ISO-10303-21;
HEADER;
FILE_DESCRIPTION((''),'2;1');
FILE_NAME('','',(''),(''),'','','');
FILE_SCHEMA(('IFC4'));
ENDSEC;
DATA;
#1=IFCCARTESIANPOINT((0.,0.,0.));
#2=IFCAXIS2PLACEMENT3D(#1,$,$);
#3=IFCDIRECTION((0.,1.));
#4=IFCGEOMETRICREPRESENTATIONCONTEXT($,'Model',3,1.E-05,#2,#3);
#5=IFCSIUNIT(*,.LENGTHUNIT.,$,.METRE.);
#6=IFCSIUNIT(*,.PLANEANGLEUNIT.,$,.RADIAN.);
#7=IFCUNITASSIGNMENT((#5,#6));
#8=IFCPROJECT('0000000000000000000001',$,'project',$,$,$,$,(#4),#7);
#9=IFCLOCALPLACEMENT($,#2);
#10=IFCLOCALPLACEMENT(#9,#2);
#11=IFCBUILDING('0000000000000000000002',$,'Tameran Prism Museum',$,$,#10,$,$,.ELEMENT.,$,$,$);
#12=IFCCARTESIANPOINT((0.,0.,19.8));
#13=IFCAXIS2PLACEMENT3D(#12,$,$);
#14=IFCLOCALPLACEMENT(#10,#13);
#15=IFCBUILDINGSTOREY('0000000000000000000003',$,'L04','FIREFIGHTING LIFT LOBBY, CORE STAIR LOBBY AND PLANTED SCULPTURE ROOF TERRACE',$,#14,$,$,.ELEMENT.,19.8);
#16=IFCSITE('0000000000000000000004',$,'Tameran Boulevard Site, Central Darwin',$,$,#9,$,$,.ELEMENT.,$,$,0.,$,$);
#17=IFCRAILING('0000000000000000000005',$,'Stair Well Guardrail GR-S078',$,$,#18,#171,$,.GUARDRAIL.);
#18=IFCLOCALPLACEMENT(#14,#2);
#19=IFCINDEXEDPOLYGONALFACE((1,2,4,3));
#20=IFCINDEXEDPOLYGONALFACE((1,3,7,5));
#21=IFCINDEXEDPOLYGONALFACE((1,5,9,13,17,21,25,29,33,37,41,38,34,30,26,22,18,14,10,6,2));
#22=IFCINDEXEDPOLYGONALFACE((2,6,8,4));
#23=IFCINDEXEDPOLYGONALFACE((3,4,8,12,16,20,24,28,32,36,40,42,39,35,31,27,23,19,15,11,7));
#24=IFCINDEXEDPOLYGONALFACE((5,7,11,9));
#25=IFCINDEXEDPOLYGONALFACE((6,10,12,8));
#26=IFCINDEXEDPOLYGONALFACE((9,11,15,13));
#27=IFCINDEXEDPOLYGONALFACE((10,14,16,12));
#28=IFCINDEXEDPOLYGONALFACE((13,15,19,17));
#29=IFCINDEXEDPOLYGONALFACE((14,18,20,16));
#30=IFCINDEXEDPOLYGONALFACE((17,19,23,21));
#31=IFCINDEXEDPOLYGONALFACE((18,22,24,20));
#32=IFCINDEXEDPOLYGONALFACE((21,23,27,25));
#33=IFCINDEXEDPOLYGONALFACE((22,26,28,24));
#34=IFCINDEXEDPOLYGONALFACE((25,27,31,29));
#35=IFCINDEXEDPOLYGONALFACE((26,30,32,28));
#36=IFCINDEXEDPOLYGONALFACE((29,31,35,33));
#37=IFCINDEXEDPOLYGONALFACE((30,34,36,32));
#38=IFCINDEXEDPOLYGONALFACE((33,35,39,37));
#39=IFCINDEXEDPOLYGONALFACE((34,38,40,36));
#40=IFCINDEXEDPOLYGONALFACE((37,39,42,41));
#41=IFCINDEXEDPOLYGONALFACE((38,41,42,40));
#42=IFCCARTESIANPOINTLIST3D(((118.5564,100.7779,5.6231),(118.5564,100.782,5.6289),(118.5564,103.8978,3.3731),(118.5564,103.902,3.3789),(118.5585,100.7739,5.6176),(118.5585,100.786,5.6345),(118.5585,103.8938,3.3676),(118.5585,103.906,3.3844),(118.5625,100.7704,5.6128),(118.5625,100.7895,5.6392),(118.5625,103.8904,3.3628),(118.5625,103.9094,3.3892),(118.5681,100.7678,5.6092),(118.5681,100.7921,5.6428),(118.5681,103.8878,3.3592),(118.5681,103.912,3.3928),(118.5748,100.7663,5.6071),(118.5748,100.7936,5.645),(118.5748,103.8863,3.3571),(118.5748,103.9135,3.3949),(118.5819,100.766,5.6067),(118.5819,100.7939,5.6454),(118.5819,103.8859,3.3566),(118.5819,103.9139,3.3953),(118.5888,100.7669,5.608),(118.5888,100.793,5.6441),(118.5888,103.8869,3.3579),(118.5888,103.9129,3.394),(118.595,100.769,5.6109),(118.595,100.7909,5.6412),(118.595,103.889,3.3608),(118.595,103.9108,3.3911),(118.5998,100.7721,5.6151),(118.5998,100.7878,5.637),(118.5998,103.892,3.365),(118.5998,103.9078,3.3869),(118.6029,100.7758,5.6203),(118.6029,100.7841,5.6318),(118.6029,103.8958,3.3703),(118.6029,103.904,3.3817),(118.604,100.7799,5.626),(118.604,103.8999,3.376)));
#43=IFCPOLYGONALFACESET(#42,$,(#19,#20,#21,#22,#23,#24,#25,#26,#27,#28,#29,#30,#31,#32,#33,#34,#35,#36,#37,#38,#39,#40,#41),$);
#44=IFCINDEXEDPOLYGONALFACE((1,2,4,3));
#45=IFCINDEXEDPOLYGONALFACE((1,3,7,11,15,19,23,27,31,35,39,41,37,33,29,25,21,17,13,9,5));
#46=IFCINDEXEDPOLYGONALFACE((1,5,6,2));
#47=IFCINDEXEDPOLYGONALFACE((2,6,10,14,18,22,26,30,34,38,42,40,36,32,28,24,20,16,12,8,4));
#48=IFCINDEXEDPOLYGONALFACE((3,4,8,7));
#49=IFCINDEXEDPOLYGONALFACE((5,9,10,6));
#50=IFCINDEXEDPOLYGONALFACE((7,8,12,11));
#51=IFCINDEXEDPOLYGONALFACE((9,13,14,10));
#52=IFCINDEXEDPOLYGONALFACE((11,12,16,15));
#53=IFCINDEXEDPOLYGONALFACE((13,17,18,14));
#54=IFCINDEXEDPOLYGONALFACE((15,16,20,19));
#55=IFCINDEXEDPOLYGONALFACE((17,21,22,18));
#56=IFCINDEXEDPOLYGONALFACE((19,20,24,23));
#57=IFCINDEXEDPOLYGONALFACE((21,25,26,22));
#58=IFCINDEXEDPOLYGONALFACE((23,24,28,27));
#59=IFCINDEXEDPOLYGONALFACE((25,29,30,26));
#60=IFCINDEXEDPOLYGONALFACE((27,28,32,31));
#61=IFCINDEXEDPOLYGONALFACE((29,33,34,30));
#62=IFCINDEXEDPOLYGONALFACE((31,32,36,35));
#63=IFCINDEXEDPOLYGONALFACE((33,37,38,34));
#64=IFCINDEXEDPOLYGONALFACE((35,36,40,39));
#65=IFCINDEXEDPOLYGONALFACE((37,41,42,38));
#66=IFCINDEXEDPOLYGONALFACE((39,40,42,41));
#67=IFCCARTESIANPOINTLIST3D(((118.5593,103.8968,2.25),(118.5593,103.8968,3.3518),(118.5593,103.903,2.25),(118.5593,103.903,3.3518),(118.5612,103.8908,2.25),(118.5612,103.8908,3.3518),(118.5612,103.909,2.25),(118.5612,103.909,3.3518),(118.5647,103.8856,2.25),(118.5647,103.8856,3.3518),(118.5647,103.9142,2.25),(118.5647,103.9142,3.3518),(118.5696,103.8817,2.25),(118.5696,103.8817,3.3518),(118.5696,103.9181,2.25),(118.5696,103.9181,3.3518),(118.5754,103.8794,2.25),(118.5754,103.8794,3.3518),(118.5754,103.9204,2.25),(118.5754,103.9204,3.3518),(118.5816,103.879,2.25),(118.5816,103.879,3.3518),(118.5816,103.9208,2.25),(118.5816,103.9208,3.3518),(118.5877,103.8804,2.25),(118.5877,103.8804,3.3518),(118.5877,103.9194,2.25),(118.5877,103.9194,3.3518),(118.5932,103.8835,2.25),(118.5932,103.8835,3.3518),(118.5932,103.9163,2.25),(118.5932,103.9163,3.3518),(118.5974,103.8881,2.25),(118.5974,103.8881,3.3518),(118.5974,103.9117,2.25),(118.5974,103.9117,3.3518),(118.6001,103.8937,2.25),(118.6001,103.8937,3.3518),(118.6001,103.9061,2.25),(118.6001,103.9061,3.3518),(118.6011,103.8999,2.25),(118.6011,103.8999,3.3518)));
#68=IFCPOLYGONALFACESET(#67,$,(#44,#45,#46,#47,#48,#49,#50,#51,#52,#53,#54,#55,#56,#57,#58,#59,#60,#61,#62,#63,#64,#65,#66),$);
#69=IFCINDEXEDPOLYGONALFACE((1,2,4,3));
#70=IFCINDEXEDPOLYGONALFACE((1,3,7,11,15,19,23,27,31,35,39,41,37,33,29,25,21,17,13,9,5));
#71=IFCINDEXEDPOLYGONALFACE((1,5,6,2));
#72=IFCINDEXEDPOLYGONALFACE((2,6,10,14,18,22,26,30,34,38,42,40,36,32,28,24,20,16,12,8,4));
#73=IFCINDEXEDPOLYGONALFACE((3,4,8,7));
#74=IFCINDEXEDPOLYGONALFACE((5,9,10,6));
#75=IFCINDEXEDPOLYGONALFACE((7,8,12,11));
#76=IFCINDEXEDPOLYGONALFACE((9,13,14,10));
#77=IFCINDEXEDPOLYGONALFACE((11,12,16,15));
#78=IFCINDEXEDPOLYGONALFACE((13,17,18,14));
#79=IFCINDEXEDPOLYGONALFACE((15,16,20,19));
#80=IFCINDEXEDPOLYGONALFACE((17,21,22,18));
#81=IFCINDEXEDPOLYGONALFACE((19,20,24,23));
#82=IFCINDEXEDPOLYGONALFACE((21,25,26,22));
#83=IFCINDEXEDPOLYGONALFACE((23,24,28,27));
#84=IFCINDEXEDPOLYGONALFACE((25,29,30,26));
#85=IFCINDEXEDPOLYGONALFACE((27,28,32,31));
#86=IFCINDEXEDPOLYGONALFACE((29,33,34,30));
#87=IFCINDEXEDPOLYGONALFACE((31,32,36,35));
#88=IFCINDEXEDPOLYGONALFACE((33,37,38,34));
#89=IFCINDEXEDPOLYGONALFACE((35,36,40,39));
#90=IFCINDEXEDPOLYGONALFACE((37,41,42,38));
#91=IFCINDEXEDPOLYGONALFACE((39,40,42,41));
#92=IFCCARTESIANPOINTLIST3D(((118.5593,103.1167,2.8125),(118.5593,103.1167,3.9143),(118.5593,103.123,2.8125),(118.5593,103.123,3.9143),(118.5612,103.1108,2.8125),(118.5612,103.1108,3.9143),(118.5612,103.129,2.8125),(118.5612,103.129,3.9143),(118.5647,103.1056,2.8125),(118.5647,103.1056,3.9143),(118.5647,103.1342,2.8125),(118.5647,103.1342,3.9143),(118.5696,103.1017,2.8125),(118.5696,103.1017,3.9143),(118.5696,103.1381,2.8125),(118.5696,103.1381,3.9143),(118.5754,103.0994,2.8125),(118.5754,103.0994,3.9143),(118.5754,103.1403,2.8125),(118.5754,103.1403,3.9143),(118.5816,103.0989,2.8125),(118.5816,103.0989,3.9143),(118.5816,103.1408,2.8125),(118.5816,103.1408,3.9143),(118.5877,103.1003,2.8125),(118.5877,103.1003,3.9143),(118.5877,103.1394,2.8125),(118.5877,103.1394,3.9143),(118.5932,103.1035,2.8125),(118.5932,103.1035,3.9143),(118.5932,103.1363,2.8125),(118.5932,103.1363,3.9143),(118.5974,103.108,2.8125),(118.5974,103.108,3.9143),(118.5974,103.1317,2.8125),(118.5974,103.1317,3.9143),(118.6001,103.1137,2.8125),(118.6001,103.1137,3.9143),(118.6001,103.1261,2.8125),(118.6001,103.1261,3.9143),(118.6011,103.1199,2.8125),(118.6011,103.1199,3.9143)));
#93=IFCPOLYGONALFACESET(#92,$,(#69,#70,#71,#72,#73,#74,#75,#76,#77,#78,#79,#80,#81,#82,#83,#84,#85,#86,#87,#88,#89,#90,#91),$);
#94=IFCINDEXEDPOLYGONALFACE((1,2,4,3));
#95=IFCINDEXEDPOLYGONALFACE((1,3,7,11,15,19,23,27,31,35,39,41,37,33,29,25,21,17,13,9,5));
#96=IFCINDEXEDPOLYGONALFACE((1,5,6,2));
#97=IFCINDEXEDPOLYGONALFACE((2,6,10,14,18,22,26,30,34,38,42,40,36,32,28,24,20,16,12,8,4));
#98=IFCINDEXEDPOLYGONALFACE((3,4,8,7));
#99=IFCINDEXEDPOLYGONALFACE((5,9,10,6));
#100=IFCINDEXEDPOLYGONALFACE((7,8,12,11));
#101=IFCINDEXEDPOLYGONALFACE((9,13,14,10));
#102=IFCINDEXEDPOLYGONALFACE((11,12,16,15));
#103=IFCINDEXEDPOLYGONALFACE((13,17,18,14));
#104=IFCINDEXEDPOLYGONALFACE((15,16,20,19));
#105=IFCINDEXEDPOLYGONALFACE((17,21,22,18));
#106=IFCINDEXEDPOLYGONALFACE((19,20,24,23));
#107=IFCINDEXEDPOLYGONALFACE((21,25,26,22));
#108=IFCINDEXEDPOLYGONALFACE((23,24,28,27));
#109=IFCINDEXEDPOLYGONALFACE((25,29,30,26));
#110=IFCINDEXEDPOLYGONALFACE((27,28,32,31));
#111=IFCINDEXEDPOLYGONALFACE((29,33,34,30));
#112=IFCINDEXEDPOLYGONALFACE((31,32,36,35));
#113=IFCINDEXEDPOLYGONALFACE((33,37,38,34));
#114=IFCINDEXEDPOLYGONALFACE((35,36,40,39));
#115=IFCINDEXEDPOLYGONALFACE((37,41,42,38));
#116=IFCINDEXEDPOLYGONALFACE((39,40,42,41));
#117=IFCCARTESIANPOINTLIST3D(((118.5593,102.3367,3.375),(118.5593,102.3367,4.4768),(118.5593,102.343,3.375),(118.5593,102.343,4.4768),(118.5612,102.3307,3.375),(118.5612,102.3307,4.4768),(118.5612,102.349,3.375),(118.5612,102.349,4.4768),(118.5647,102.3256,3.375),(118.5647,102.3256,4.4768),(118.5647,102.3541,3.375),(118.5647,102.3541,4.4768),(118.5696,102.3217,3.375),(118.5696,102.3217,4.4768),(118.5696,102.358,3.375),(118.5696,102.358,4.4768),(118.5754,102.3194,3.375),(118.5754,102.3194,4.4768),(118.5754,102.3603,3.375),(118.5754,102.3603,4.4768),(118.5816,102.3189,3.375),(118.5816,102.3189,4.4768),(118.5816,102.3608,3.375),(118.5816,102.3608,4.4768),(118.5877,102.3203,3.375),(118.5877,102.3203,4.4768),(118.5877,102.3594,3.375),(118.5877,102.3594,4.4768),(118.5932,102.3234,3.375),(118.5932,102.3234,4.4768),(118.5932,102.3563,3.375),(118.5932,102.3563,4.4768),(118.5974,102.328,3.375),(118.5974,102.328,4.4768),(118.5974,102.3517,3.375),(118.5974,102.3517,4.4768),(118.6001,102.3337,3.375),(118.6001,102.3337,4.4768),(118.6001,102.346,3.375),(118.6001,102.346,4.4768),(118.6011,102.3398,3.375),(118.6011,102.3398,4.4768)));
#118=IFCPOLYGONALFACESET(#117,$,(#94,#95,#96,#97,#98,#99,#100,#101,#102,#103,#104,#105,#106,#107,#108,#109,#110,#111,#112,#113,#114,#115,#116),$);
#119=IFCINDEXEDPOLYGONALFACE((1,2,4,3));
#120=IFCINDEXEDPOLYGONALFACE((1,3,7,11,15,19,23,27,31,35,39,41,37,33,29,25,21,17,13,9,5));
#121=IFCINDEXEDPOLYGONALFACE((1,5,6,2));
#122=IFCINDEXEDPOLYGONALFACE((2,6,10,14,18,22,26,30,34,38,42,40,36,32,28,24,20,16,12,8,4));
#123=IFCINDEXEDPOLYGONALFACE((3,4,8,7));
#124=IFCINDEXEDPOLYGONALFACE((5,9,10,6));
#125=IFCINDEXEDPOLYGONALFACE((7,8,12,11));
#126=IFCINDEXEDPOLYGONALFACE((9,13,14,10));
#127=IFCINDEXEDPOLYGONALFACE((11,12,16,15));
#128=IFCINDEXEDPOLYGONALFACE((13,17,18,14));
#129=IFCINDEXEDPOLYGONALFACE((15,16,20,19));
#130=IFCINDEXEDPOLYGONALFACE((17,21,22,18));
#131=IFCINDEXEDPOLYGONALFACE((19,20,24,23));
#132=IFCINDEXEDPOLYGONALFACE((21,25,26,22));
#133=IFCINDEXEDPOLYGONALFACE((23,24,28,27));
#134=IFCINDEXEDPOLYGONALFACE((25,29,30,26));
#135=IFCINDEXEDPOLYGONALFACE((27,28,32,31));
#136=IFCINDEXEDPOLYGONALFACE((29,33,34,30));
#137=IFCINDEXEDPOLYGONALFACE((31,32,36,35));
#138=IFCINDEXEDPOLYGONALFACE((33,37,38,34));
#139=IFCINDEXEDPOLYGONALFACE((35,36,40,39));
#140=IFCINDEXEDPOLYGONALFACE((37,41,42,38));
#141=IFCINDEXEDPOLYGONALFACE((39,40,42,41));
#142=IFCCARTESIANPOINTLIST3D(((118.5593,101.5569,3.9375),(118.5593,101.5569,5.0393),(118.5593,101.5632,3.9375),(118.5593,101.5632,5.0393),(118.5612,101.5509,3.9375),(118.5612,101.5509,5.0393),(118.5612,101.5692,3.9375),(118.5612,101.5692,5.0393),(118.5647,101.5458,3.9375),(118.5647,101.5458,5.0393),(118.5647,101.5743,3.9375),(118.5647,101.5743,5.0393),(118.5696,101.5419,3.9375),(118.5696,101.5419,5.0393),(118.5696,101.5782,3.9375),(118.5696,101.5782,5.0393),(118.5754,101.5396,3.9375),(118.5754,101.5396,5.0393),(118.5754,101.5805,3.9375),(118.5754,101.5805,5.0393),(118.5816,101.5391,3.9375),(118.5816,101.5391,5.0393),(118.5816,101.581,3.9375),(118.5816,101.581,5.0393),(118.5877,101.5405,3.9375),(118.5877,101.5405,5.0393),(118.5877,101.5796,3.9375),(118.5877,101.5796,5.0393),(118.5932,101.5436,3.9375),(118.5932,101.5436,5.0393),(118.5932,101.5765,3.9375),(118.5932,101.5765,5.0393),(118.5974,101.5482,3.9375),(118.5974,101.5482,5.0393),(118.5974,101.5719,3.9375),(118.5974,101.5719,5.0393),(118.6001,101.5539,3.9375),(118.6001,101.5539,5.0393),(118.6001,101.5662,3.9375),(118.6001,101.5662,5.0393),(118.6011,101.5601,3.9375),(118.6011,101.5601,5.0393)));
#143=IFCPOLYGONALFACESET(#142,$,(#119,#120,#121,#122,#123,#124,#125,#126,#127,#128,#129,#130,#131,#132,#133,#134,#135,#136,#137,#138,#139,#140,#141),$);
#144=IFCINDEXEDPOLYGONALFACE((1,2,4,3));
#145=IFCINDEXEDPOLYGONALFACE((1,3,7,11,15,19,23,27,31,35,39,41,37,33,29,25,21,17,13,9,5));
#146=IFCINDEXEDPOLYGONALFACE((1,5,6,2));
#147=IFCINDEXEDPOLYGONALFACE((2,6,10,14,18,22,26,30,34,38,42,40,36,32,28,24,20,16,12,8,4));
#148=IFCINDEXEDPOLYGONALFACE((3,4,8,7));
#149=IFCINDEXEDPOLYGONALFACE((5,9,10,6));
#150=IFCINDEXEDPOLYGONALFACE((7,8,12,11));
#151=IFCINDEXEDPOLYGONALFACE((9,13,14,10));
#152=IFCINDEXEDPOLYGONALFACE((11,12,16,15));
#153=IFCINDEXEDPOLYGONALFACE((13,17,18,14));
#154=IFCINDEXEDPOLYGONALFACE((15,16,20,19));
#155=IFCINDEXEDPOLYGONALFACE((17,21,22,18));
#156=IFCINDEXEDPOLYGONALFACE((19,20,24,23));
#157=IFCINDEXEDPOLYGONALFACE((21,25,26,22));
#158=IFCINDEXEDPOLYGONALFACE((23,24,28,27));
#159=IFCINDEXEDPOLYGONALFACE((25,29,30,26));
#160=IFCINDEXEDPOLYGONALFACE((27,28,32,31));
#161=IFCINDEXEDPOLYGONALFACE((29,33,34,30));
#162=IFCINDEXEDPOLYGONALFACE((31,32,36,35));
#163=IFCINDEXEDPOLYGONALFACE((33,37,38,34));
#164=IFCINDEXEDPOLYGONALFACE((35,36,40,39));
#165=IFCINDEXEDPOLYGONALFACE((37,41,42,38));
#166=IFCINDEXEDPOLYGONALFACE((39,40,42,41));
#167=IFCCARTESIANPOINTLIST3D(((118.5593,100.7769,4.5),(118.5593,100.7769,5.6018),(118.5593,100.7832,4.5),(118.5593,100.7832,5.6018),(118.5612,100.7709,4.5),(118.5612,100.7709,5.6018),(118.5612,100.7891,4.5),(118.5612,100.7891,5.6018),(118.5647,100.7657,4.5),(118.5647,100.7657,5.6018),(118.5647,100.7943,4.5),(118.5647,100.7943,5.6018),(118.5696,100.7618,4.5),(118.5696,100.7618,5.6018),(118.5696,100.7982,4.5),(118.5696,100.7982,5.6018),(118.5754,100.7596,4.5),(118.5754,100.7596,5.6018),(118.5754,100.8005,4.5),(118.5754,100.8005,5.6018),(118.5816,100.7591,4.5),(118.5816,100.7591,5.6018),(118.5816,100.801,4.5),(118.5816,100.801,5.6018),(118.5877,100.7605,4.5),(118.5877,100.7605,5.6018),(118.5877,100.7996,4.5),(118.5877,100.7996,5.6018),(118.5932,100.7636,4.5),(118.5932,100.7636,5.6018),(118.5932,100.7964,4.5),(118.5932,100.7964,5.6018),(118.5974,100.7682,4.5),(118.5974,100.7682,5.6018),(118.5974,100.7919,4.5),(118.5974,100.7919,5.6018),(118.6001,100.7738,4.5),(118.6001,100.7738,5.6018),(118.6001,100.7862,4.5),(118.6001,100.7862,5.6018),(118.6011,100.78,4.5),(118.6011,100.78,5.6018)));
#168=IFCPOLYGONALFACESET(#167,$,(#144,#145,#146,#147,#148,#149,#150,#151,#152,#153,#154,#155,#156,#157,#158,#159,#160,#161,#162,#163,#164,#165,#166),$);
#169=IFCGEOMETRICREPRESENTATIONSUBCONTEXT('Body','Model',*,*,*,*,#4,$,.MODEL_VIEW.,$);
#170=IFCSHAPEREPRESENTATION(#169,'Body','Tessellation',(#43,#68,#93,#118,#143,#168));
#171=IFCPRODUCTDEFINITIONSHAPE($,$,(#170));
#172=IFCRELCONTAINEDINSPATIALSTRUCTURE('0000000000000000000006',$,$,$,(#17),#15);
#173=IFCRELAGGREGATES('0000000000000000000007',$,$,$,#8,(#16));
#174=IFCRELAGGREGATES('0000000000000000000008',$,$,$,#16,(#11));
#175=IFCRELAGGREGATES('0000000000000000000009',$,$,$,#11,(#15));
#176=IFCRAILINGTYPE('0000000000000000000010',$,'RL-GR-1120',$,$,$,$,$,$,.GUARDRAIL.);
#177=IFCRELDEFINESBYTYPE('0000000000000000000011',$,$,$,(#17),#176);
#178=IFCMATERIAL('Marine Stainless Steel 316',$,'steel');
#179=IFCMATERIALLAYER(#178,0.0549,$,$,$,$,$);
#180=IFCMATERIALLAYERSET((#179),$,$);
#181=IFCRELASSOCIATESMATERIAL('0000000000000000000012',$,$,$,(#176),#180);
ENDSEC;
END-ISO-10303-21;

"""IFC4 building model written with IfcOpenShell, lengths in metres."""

from ifc_helpers import new_model, si_unit, direction, frame, origin, origin_2d, place, context, subcontext, project, spatial, circle, extrude, material, layer, layer_set, type_object, element, save


model = new_model("IFC4")

# Units and contexts
model_context = context("Model", 3, precision=1e-05, world=origin(), true_north=direction((0.0, 1.0)))
body_context = subcontext(model_context, "Body", "Model", "MODEL_VIEW")
ifc_project = project(units=[si_unit("LENGTHUNIT", "METRE"), si_unit("PLANEANGLEUNIT", "RADIAN")], contexts=[model_context])

# Site, building, storey
site_placement = place(None, origin())
site = spatial("IfcSite", under=ifc_project, at=site_placement, Name="Tameran Boulevard Site, Central Darwin", CompositionType="ELEMENT", RefElevation=0.0)
building_placement = place(site_placement, origin())
building = spatial("IfcBuilding", under=site, at=building_placement, Name="Tameran Prism Museum", CompositionType="ELEMENT")
storey_placement = place(building_placement, frame((0.0, 0.0, 19.8)))
storey = spatial("IfcBuildingStorey", under=building, at=storey_placement, Name="L04", Description="FIREFIGHTING LIFT LOBBY, CORE STAIR LOBBY AND PLANTED SCULPTURE ROOF TERRACE", CompositionType="ELEMENT", Elevation=19.8)

# Railing
ifc_material_1 = material(Name="Marine Stainless Steel 316", Category="steel")
ifc_layer_1 = layer(ifc_material_1, 0.0549)
ifc_layer_set_1 = layer_set([ifc_layer_1])
railing_type_1 = type_object("IfcRailingType", Name="RL-GR-1120", PredefinedType="GUARDRAIL", material=ifc_layer_set_1)
railing_1_placement = place(storey_placement, frame((118.5801, 103.8999, 2.25)))
element("IfcRailing", 1, at=railing_1_placement, inside=storey, type_object=railing_type_1, Name="Stair Well Guardrail GR-S078", PredefinedType="GUARDRAIL", context=body_context, shape_type="SweptSolid", body=[
    extrude(circle(Radius=0.0239, at=origin_2d()), frame((0.0, 0.0, 1.126), z_axis=(0.0, -0.811079, 0.584937), x_axis=(1.0, 0.0, 0.0)), (0.0, 0.0, 1.0), 3.8467),
    extrude(circle(Radius=0.021, at=origin_2d()), origin(), (0.0, 0.0, 1.0), 1.1018),
    extrude(circle(Radius=0.021, at=origin_2d()), frame((0.0, -0.78, 0.5625)), (0.0, 0.0, 1.0), 1.1018),
    extrude(circle(Radius=0.021, at=origin_2d()), frame((0.0, -1.5601, 1.125)), (0.0, 0.0, 1.0), 1.1018),
    extrude(circle(Radius=0.021, at=origin_2d()), frame((0.0, -2.3398, 1.6875)), (0.0, 0.0, 1.0), 1.1018),
    extrude(circle(Radius=0.021, at=origin_2d()), frame((0.0, -3.1199, 2.25)), (0.0, 0.0, 1.0), 1.1018),
])

save(model, "model.ifc")
